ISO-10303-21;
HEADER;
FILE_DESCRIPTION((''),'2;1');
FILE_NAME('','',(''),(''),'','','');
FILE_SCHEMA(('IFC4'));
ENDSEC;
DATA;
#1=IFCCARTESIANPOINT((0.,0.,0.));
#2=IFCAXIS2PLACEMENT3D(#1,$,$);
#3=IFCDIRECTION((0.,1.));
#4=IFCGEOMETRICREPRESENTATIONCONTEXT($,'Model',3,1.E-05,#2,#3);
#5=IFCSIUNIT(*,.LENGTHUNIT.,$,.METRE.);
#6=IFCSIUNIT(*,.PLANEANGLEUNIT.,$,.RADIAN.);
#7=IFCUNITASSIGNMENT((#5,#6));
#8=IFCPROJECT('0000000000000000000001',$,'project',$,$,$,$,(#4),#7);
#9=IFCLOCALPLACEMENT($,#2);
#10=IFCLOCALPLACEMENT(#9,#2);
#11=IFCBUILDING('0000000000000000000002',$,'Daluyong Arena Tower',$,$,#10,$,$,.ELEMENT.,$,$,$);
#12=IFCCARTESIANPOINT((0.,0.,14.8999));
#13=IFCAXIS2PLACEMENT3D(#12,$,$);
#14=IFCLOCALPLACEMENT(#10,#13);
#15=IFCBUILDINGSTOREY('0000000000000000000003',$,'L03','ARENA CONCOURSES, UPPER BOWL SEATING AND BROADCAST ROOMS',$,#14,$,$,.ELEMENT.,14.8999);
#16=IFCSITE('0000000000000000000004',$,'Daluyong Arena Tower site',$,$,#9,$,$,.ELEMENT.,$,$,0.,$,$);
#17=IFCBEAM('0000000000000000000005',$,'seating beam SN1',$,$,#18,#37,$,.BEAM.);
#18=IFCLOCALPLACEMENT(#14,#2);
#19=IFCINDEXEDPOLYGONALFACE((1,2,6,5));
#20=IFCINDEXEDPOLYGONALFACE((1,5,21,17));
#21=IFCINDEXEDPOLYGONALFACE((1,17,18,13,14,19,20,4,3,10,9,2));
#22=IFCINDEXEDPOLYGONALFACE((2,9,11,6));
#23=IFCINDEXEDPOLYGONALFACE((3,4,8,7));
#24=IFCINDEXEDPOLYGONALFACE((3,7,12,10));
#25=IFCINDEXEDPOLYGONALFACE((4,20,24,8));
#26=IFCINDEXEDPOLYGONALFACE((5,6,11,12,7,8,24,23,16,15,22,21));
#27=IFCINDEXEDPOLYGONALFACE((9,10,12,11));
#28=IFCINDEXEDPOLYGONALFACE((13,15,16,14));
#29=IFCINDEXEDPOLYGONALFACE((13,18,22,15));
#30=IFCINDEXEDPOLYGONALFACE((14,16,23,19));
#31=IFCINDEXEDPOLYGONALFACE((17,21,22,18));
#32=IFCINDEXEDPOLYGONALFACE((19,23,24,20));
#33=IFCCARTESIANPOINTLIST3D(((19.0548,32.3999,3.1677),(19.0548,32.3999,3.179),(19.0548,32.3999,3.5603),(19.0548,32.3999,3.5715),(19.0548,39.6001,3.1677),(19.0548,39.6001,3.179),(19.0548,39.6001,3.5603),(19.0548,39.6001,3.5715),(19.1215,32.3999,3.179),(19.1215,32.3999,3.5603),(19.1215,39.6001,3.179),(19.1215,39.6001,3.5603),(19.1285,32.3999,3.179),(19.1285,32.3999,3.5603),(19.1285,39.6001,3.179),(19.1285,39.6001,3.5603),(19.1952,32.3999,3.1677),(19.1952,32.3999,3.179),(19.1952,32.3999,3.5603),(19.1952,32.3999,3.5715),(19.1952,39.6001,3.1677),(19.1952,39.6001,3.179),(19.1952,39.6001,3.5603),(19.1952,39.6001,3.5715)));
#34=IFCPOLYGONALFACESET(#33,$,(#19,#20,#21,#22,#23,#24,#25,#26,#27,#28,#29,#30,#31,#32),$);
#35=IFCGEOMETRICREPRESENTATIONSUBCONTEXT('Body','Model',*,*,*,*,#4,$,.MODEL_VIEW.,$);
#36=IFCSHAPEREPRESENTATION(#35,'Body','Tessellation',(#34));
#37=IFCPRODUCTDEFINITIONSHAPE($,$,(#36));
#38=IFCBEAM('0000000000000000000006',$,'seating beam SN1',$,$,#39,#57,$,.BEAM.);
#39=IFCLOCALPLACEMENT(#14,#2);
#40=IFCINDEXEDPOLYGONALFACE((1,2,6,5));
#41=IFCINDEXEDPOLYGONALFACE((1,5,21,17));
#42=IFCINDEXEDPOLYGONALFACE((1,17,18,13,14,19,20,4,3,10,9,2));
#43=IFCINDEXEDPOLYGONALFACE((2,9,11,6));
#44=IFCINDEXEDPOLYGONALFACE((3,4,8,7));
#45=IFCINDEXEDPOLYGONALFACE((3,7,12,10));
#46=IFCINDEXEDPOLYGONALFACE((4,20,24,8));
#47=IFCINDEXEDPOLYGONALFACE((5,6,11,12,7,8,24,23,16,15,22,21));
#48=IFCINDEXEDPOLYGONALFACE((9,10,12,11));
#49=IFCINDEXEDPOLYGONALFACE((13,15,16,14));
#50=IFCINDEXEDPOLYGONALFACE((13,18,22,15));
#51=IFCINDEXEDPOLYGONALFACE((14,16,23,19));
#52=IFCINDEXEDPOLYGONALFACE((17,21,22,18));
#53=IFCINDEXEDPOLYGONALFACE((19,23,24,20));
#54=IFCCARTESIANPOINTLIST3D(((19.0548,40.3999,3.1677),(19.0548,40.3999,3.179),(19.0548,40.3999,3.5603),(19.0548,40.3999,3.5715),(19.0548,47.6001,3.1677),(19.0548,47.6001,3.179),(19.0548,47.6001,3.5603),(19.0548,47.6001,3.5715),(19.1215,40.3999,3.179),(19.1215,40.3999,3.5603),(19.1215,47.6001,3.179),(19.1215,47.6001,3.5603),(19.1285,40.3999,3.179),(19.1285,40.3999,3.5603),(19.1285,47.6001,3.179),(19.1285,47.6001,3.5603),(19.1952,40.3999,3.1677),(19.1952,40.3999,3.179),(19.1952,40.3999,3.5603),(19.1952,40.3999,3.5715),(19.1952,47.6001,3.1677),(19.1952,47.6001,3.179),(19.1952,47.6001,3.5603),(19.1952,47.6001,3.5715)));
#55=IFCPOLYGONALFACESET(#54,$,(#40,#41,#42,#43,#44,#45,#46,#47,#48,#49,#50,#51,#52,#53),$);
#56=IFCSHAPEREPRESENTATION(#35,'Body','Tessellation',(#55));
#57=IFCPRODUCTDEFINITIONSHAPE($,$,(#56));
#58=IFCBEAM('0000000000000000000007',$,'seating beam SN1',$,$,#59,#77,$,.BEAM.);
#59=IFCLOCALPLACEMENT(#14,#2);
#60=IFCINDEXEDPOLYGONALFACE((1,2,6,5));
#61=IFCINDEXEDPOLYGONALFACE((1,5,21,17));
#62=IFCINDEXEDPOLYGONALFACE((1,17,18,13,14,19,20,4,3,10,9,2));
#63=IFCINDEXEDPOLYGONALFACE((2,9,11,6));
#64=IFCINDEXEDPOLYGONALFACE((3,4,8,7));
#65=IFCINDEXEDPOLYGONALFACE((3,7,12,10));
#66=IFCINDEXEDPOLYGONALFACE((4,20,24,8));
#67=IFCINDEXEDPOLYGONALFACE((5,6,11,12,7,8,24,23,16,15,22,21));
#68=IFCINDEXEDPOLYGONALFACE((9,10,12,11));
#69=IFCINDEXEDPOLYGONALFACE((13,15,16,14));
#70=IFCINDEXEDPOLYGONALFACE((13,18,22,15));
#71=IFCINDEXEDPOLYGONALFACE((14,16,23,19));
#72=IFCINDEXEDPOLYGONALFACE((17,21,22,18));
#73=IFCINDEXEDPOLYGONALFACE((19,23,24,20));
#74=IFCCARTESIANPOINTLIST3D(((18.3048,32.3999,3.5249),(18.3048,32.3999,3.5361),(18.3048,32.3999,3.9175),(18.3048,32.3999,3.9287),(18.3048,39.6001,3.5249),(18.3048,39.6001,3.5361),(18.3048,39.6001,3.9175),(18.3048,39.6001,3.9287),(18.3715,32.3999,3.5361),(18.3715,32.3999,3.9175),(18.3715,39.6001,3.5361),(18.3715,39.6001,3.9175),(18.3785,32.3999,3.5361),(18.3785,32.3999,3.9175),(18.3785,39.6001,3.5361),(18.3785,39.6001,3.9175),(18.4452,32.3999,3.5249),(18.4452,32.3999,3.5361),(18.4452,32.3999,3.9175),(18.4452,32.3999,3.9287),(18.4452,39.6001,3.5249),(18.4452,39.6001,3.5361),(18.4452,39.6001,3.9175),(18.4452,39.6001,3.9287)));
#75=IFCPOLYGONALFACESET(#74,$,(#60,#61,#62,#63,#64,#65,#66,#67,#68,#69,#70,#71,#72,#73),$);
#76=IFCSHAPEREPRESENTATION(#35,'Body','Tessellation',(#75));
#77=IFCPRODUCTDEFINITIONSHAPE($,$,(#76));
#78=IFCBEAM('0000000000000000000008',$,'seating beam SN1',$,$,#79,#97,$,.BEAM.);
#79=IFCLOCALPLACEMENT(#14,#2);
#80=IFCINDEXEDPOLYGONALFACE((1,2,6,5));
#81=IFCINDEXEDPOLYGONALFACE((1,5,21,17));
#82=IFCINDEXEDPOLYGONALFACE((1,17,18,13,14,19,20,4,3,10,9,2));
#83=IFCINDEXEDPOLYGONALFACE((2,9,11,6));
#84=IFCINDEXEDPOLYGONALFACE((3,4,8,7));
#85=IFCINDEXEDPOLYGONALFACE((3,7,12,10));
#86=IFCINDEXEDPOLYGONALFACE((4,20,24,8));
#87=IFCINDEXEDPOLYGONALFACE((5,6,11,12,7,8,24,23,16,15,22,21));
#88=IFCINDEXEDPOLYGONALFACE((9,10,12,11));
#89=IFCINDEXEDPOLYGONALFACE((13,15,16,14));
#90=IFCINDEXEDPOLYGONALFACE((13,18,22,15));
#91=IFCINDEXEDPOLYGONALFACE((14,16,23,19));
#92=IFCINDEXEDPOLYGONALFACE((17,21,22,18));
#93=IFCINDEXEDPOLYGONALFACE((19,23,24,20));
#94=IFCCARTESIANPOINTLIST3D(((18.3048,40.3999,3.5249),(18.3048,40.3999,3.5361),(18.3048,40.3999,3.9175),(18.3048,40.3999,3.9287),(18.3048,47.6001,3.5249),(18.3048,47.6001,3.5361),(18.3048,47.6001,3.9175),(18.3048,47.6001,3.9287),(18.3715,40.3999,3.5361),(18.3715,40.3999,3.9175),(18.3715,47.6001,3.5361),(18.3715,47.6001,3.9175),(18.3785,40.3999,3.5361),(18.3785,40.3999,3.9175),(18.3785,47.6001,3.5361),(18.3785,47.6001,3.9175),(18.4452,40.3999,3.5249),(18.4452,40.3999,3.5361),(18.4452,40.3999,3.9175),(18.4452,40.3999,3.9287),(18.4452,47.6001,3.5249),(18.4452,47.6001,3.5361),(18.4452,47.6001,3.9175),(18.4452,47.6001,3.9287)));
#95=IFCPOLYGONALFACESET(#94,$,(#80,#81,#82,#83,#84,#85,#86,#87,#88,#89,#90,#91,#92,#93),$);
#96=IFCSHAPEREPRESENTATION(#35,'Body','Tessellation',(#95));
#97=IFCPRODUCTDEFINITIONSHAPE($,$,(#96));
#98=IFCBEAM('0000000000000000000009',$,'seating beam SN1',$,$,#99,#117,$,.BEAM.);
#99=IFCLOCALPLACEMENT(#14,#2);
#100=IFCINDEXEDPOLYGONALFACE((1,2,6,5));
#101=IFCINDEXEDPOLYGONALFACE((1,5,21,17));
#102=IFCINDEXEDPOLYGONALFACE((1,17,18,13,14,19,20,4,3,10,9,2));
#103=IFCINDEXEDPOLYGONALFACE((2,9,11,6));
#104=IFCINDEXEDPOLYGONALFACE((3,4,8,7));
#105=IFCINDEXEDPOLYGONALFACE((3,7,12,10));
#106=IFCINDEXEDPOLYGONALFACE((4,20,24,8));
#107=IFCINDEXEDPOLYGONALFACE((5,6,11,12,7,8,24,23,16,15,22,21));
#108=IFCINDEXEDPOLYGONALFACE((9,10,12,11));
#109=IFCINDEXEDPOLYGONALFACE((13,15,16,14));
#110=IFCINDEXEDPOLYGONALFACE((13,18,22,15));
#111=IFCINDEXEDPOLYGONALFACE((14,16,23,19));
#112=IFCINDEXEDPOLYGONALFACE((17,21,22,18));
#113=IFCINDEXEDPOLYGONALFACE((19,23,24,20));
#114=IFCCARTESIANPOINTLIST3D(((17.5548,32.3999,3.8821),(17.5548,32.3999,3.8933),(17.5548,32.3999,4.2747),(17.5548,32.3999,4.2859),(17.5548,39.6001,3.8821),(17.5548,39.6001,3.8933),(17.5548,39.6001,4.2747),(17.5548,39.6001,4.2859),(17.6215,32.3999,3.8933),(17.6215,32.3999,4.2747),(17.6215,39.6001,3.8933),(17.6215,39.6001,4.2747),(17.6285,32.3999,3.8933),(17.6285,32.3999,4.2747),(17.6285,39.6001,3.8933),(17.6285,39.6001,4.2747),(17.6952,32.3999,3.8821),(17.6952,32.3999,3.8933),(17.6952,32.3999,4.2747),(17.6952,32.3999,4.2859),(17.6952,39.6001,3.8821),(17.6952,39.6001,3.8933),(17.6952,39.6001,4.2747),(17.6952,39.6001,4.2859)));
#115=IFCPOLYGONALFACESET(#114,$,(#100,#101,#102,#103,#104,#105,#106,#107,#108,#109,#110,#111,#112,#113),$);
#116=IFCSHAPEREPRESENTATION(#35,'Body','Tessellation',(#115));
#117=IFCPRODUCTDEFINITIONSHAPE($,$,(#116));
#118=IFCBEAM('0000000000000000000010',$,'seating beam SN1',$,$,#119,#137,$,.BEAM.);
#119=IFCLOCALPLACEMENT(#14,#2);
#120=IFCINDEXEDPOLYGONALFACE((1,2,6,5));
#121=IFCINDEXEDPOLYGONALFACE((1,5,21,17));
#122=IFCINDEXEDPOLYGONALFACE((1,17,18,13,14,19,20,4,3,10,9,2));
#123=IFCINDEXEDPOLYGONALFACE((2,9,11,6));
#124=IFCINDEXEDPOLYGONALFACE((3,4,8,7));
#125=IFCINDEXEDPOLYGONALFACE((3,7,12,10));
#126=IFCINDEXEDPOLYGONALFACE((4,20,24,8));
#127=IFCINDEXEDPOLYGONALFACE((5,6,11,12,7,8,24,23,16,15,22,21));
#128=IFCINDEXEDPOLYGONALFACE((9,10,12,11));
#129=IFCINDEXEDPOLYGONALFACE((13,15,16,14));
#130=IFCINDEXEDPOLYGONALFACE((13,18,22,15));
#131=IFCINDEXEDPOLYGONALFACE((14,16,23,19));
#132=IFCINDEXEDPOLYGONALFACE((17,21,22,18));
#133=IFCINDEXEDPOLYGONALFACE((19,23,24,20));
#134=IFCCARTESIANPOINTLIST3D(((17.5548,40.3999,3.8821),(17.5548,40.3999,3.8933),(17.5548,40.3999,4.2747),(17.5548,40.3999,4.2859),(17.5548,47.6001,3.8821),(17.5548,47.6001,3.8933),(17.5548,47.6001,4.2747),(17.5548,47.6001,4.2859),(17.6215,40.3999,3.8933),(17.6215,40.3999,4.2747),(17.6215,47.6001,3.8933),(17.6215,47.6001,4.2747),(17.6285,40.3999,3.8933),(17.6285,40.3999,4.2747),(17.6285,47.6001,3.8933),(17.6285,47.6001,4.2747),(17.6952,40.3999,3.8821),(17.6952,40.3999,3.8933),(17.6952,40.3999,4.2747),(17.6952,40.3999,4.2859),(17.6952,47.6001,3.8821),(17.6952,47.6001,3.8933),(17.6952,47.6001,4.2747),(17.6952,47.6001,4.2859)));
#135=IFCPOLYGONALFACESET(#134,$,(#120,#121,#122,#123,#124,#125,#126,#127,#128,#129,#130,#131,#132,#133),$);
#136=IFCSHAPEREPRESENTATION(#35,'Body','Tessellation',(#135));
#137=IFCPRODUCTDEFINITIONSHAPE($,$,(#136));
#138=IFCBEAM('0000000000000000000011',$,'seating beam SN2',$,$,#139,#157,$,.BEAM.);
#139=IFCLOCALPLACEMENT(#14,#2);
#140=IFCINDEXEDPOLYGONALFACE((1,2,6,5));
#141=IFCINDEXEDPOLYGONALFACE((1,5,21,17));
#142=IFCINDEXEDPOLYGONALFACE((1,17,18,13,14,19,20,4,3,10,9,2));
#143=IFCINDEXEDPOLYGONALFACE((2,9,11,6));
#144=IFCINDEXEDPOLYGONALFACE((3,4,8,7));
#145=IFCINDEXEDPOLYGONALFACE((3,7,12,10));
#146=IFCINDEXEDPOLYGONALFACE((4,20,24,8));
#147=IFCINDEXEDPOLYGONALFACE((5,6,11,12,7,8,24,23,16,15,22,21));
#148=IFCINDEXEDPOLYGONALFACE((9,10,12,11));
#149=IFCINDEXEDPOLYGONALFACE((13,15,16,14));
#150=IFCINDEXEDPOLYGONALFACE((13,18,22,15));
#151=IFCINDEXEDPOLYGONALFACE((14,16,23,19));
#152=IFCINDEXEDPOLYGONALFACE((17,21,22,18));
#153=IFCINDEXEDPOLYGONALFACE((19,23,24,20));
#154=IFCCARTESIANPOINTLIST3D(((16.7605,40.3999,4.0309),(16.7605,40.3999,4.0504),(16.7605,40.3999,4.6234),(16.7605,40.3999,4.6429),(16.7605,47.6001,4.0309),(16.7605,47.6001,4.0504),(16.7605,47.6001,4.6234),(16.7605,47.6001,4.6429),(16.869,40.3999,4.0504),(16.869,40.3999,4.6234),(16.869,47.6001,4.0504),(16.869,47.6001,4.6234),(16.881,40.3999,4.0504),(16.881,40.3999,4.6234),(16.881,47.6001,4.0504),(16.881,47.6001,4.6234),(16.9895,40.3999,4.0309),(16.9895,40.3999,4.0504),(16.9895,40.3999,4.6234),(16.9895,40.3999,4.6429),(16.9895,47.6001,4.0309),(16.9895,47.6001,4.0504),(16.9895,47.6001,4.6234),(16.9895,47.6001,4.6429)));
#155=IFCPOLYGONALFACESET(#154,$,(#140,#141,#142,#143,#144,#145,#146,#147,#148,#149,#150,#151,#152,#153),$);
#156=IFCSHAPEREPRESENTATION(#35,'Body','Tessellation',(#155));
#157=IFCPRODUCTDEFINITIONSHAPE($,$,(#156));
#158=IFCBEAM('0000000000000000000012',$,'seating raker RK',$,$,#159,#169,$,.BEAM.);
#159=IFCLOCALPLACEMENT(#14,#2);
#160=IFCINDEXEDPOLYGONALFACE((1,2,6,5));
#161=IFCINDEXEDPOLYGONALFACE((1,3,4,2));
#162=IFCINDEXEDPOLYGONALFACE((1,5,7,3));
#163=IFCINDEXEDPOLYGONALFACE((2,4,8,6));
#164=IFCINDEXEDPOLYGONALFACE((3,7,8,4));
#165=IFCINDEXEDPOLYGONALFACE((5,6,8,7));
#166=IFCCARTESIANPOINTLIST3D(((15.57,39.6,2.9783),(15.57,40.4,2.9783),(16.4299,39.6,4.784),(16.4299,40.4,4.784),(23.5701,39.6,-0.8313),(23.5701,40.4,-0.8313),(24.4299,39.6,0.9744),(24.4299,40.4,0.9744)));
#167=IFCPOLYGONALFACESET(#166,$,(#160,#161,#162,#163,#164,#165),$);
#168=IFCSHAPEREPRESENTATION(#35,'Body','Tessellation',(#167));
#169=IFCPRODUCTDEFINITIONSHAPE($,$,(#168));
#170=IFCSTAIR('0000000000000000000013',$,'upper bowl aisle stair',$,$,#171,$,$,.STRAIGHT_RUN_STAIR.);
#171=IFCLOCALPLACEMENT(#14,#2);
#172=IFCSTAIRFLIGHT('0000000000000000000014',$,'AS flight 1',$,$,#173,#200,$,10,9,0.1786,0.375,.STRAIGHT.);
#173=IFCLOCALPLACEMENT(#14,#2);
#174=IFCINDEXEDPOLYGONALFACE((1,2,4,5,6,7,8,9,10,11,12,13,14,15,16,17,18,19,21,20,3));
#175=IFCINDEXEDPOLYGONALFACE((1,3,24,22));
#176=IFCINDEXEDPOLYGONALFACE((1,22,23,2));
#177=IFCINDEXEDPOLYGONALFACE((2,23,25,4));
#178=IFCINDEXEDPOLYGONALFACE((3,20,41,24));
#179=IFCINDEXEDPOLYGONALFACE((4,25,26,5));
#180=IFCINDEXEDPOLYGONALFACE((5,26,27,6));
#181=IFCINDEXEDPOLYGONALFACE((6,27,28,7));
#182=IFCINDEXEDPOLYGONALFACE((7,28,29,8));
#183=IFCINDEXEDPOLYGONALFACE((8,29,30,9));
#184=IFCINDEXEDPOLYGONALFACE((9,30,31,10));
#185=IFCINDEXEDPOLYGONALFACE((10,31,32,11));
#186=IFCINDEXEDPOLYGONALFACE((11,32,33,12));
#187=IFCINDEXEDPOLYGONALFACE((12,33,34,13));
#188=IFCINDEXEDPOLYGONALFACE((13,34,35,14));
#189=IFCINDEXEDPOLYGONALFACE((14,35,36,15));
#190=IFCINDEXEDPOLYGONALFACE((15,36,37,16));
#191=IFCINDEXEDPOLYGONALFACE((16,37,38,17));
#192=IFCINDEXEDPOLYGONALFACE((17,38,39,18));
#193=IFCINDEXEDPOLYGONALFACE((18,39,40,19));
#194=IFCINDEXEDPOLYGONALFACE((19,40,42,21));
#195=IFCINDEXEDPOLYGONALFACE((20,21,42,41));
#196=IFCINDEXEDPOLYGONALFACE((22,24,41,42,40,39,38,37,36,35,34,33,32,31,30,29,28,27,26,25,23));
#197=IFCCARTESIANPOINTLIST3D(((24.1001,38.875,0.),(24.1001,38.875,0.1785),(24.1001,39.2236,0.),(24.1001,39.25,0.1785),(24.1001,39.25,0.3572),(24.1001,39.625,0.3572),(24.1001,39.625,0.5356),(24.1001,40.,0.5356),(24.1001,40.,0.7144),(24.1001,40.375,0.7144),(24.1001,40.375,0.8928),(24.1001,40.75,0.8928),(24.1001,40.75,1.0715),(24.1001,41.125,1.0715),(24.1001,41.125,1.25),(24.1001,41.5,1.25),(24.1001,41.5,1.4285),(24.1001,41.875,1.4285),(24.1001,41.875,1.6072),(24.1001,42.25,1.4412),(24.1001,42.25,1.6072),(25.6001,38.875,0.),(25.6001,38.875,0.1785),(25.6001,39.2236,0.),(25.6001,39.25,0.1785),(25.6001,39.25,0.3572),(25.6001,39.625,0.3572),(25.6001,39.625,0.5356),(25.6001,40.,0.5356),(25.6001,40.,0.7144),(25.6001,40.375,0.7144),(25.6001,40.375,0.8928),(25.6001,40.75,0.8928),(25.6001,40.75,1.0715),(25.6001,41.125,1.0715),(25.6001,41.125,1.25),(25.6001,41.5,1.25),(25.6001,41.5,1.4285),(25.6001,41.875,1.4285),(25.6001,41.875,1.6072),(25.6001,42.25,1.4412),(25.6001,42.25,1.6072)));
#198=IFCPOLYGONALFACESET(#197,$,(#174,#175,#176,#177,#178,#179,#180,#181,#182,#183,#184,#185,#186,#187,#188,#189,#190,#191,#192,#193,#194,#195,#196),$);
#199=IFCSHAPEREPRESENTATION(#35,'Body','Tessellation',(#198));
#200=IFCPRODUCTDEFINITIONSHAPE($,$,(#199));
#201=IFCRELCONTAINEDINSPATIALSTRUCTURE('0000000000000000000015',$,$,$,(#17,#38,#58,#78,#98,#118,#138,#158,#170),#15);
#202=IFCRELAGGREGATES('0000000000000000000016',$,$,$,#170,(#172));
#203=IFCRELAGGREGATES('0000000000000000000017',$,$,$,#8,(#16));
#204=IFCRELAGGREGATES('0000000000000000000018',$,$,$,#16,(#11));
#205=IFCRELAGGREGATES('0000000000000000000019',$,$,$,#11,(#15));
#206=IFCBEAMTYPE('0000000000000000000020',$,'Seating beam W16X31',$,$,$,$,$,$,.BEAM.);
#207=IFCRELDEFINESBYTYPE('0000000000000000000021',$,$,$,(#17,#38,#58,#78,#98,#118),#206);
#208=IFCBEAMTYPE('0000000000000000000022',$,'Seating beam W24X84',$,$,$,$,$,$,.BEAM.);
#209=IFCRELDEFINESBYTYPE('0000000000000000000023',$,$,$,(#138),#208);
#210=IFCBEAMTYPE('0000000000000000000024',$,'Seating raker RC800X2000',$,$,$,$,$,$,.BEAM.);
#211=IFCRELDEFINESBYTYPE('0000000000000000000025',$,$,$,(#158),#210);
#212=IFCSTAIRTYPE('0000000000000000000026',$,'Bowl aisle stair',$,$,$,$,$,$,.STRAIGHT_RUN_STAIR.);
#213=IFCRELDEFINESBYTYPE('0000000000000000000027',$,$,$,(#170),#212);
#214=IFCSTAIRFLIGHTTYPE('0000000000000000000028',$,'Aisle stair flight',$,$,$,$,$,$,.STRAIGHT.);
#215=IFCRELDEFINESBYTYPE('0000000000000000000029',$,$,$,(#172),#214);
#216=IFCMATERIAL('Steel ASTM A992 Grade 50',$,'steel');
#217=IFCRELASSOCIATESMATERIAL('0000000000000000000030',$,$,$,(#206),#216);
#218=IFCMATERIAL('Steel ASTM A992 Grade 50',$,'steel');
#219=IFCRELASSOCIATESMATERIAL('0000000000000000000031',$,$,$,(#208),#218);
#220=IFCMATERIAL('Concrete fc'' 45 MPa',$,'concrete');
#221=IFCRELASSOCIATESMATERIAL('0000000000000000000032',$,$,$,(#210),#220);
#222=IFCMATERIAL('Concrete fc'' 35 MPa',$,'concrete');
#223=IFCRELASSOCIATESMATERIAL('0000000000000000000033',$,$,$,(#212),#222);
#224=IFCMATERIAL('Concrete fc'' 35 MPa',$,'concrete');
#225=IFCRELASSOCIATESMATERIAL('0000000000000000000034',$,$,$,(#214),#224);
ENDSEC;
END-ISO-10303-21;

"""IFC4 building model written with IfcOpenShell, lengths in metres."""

from ifc_helpers import new_model, si_unit, direction, frame, origin, origin_2d, place, context, subcontext, project, spatial, polyline, rectangle, i_section, outline, extrude, material, material_profile, profile_set, type_object, element, aggregate, save


model = new_model("IFC4")

# Units and contexts
model_context = context("Model", 3, precision=1e-05, world=origin(), true_north=direction((0.0, 1.0)))
body_context = subcontext(model_context, "Body", "Model", "MODEL_VIEW")
ifc_project = project(units=[si_unit("LENGTHUNIT", "METRE"), si_unit("PLANEANGLEUNIT", "RADIAN")], contexts=[model_context])

# Site, building, storey
site_placement = place(None, origin())
site = spatial("IfcSite", under=ifc_project, at=site_placement, Name="Daluyong Arena Tower site", CompositionType="ELEMENT", RefElevation=0.0)
building_placement = place(site_placement, origin())
building = spatial("IfcBuilding", under=site, at=building_placement, Name="Daluyong Arena Tower", CompositionType="ELEMENT")
storey_placement = place(building_placement, frame((0.0, 0.0, 14.8999)))
storey = spatial("IfcBuildingStorey", under=building, at=storey_placement, Name="L03", Description="ARENA CONCOURSES, UPPER BOWL SEATING AND BROADCAST ROOMS", CompositionType="ELEMENT", Elevation=14.8999)

# Beams
ifc_material_1 = material(Name="Steel ASTM A992 Grade 50", Category="steel")
ifc_material_profile_1 = material_profile(ifc_material_1, i_section(OverallWidth=0.1404, OverallDepth=0.4038, WebThickness=0.0071, FlangeThickness=0.0112, at=origin_2d()))
ifc_profile_set_1 = profile_set([ifc_material_profile_1], Name="Steel ASTM A992 Grade 50")
beam_type_1 = type_object("IfcBeamType", Name="Seating beam W16X31", PredefinedType="BEAM", material=ifc_profile_set_1)
for number, where, z_axis, x_axis, name in (
    (1, (19.125, 32.3999, 3.3696), (0.0, 1.0, 0.0), (-1.0, 0.0, 0.0), "seating beam SN1"),
    (2, (19.125, 40.3999, 3.3696), (0.0, 1.0, 0.0), (-1.0, 0.0, 0.0), "seating beam SN1"),
    (3, (18.375, 32.3999, 3.7268), (0.0, 1.0, 0.0), (-1.0, 0.0, 0.0), "seating beam SN1"),
    (4, (18.375, 40.3999, 3.7268), (0.0, 1.0, 0.0), (-1.0, 0.0, 0.0), "seating beam SN1"),
    (5, (17.625, 32.3999, 4.084), (0.0, 1.0, 0.0), (-1.0, 0.0, 0.0), "seating beam SN1"),
    (6, (17.625, 40.3999, 4.084), (0.0, 1.0, 0.0), (-1.0, 0.0, 0.0), "seating beam SN1"),
):
    element("IfcBeam", number, at=place(storey_placement, frame(where, z_axis=z_axis, x_axis=x_axis)), inside=storey, type_object=beam_type_1, Name=name, PredefinedType="BEAM", context=body_context, shape_type="SweptSolid", body=[
        extrude(i_section(OverallWidth=0.1404, OverallDepth=0.4038, WebThickness=0.0071, FlangeThickness=0.0112, at=origin_2d()), origin(), (0.0, 0.0, 1.0), 7.2002),
    ])
ifc_material_2 = material(Name="Steel ASTM A992 Grade 50", Category="steel")
ifc_material_profile_2 = material_profile(ifc_material_2, i_section(OverallWidth=0.229, OverallDepth=0.6121, WebThickness=0.012, FlangeThickness=0.0195, at=origin_2d()))
ifc_profile_set_2 = profile_set([ifc_material_profile_2], Name="Steel ASTM A992 Grade 50")
beam_type_2 = type_object("IfcBeamType", Name="Seating beam W24X84", PredefinedType="BEAM", material=ifc_profile_set_2)
beam_1_placement = place(storey_placement, frame((16.875, 40.3999, 4.3369), z_axis=(0.0, 1.0, 0.0), x_axis=(-1.0, 0.0, 0.0)))
element("IfcBeam", 7, at=beam_1_placement, inside=storey, type_object=beam_type_2, Name="seating beam SN2", PredefinedType="BEAM", context=body_context, shape_type="SweptSolid", body=[
    extrude(i_section(OverallWidth=0.229, OverallDepth=0.6121, WebThickness=0.012, FlangeThickness=0.0195, at=origin_2d()), origin(), (0.0, 0.0, 1.0), 7.2002),
])
ifc_material_3 = material(Name="Concrete fc' 45 MPa", Category="concrete")
ifc_material_profile_3 = material_profile(ifc_material_3, rectangle(XDim=0.8, YDim=2.0, at=origin_2d()))
ifc_profile_set_3 = profile_set([ifc_material_profile_3], Name="Concrete fc' 45 MPa")
beam_type_3 = type_object("IfcBeamType", Name="Seating raker RC800X2000", PredefinedType="BEAM", material=ifc_profile_set_3)
beam_2_placement = place(storey_placement, frame((24.0, 40.0, 0.0715), z_axis=(-0.902858, 0.0, 0.429938), x_axis=(0.0, -1.0, 0.0)))
element("IfcBeam", 8, at=beam_2_placement, inside=storey, type_object=beam_type_3, Name="seating raker RK", PredefinedType="BEAM", context=body_context, shape_type="SweptSolid", body=[
    extrude(rectangle(XDim=0.8, YDim=2.0, at=origin_2d()), origin(), (0.0, 0.0, 1.0), 8.8608),
])

# Stair, stair flight
ifc_material_4 = material(Name="Concrete fc' 35 MPa", Category="concrete")
stair_type = type_object("IfcStairType", Name="Bowl aisle stair", PredefinedType="STRAIGHT_RUN_STAIR", material=ifc_material_4)
stair_placement = place(storey_placement, origin())
stair = element("IfcStair", 9, at=stair_placement, inside=storey, type_object=stair_type, Name="upper bowl aisle stair", PredefinedType="STRAIGHT_RUN_STAIR")
ifc_material_5 = material(Name="Concrete fc' 35 MPa", Category="concrete")
stair_flight_type = type_object("IfcStairFlightType", Name="Aisle stair flight", PredefinedType="STRAIGHT", material=ifc_material_5)
stair_flight_placement = place(storey_placement, frame((24.8501, 38.875, 0.0), z_axis=(0.0, 0.0, 1.0), x_axis=(0.0, 1.0, 0.0)))
stair_flight = element("IfcStairFlight", 10, at=stair_flight_placement, type_object=stair_flight_type, Name="AS flight 1", NumberOfRisers=10, NumberOfTreads=9, PredefinedType="STRAIGHT", RiserHeight=0.1786, TreadLength=0.375, context=body_context, shape_type="SweptSolid", body=[
    extrude(outline(polyline([(0.0, 0.0), (0.0, 0.1785), (0.375, 0.1785), (0.375, 0.3572), (0.75, 0.3572), (0.75, 0.5356), (1.125, 0.5356), (1.125, 0.7144), (1.5, 0.7144), (1.5, 0.8928), (1.875, 0.8928), (1.875, 1.0715), (2.25, 1.0715), (2.25, 1.25), (2.625, 1.25), (2.625, 1.4285), (3.0, 1.4285), (3.0, 1.6072), (3.375, 1.6072), (3.375, 1.7856), (3.375, 1.4412), (0.3486, 0.0), (0.0, 0.0)])), frame((0.0, 0.75, 0.0), z_axis=(0.0, -1.0, 0.0), x_axis=(1.0, 0.0, 0.0)), (0.0, 0.0, 1.0), 1.5),
])
aggregate(stair, [stair_flight])

save(model, "model.ifc")
